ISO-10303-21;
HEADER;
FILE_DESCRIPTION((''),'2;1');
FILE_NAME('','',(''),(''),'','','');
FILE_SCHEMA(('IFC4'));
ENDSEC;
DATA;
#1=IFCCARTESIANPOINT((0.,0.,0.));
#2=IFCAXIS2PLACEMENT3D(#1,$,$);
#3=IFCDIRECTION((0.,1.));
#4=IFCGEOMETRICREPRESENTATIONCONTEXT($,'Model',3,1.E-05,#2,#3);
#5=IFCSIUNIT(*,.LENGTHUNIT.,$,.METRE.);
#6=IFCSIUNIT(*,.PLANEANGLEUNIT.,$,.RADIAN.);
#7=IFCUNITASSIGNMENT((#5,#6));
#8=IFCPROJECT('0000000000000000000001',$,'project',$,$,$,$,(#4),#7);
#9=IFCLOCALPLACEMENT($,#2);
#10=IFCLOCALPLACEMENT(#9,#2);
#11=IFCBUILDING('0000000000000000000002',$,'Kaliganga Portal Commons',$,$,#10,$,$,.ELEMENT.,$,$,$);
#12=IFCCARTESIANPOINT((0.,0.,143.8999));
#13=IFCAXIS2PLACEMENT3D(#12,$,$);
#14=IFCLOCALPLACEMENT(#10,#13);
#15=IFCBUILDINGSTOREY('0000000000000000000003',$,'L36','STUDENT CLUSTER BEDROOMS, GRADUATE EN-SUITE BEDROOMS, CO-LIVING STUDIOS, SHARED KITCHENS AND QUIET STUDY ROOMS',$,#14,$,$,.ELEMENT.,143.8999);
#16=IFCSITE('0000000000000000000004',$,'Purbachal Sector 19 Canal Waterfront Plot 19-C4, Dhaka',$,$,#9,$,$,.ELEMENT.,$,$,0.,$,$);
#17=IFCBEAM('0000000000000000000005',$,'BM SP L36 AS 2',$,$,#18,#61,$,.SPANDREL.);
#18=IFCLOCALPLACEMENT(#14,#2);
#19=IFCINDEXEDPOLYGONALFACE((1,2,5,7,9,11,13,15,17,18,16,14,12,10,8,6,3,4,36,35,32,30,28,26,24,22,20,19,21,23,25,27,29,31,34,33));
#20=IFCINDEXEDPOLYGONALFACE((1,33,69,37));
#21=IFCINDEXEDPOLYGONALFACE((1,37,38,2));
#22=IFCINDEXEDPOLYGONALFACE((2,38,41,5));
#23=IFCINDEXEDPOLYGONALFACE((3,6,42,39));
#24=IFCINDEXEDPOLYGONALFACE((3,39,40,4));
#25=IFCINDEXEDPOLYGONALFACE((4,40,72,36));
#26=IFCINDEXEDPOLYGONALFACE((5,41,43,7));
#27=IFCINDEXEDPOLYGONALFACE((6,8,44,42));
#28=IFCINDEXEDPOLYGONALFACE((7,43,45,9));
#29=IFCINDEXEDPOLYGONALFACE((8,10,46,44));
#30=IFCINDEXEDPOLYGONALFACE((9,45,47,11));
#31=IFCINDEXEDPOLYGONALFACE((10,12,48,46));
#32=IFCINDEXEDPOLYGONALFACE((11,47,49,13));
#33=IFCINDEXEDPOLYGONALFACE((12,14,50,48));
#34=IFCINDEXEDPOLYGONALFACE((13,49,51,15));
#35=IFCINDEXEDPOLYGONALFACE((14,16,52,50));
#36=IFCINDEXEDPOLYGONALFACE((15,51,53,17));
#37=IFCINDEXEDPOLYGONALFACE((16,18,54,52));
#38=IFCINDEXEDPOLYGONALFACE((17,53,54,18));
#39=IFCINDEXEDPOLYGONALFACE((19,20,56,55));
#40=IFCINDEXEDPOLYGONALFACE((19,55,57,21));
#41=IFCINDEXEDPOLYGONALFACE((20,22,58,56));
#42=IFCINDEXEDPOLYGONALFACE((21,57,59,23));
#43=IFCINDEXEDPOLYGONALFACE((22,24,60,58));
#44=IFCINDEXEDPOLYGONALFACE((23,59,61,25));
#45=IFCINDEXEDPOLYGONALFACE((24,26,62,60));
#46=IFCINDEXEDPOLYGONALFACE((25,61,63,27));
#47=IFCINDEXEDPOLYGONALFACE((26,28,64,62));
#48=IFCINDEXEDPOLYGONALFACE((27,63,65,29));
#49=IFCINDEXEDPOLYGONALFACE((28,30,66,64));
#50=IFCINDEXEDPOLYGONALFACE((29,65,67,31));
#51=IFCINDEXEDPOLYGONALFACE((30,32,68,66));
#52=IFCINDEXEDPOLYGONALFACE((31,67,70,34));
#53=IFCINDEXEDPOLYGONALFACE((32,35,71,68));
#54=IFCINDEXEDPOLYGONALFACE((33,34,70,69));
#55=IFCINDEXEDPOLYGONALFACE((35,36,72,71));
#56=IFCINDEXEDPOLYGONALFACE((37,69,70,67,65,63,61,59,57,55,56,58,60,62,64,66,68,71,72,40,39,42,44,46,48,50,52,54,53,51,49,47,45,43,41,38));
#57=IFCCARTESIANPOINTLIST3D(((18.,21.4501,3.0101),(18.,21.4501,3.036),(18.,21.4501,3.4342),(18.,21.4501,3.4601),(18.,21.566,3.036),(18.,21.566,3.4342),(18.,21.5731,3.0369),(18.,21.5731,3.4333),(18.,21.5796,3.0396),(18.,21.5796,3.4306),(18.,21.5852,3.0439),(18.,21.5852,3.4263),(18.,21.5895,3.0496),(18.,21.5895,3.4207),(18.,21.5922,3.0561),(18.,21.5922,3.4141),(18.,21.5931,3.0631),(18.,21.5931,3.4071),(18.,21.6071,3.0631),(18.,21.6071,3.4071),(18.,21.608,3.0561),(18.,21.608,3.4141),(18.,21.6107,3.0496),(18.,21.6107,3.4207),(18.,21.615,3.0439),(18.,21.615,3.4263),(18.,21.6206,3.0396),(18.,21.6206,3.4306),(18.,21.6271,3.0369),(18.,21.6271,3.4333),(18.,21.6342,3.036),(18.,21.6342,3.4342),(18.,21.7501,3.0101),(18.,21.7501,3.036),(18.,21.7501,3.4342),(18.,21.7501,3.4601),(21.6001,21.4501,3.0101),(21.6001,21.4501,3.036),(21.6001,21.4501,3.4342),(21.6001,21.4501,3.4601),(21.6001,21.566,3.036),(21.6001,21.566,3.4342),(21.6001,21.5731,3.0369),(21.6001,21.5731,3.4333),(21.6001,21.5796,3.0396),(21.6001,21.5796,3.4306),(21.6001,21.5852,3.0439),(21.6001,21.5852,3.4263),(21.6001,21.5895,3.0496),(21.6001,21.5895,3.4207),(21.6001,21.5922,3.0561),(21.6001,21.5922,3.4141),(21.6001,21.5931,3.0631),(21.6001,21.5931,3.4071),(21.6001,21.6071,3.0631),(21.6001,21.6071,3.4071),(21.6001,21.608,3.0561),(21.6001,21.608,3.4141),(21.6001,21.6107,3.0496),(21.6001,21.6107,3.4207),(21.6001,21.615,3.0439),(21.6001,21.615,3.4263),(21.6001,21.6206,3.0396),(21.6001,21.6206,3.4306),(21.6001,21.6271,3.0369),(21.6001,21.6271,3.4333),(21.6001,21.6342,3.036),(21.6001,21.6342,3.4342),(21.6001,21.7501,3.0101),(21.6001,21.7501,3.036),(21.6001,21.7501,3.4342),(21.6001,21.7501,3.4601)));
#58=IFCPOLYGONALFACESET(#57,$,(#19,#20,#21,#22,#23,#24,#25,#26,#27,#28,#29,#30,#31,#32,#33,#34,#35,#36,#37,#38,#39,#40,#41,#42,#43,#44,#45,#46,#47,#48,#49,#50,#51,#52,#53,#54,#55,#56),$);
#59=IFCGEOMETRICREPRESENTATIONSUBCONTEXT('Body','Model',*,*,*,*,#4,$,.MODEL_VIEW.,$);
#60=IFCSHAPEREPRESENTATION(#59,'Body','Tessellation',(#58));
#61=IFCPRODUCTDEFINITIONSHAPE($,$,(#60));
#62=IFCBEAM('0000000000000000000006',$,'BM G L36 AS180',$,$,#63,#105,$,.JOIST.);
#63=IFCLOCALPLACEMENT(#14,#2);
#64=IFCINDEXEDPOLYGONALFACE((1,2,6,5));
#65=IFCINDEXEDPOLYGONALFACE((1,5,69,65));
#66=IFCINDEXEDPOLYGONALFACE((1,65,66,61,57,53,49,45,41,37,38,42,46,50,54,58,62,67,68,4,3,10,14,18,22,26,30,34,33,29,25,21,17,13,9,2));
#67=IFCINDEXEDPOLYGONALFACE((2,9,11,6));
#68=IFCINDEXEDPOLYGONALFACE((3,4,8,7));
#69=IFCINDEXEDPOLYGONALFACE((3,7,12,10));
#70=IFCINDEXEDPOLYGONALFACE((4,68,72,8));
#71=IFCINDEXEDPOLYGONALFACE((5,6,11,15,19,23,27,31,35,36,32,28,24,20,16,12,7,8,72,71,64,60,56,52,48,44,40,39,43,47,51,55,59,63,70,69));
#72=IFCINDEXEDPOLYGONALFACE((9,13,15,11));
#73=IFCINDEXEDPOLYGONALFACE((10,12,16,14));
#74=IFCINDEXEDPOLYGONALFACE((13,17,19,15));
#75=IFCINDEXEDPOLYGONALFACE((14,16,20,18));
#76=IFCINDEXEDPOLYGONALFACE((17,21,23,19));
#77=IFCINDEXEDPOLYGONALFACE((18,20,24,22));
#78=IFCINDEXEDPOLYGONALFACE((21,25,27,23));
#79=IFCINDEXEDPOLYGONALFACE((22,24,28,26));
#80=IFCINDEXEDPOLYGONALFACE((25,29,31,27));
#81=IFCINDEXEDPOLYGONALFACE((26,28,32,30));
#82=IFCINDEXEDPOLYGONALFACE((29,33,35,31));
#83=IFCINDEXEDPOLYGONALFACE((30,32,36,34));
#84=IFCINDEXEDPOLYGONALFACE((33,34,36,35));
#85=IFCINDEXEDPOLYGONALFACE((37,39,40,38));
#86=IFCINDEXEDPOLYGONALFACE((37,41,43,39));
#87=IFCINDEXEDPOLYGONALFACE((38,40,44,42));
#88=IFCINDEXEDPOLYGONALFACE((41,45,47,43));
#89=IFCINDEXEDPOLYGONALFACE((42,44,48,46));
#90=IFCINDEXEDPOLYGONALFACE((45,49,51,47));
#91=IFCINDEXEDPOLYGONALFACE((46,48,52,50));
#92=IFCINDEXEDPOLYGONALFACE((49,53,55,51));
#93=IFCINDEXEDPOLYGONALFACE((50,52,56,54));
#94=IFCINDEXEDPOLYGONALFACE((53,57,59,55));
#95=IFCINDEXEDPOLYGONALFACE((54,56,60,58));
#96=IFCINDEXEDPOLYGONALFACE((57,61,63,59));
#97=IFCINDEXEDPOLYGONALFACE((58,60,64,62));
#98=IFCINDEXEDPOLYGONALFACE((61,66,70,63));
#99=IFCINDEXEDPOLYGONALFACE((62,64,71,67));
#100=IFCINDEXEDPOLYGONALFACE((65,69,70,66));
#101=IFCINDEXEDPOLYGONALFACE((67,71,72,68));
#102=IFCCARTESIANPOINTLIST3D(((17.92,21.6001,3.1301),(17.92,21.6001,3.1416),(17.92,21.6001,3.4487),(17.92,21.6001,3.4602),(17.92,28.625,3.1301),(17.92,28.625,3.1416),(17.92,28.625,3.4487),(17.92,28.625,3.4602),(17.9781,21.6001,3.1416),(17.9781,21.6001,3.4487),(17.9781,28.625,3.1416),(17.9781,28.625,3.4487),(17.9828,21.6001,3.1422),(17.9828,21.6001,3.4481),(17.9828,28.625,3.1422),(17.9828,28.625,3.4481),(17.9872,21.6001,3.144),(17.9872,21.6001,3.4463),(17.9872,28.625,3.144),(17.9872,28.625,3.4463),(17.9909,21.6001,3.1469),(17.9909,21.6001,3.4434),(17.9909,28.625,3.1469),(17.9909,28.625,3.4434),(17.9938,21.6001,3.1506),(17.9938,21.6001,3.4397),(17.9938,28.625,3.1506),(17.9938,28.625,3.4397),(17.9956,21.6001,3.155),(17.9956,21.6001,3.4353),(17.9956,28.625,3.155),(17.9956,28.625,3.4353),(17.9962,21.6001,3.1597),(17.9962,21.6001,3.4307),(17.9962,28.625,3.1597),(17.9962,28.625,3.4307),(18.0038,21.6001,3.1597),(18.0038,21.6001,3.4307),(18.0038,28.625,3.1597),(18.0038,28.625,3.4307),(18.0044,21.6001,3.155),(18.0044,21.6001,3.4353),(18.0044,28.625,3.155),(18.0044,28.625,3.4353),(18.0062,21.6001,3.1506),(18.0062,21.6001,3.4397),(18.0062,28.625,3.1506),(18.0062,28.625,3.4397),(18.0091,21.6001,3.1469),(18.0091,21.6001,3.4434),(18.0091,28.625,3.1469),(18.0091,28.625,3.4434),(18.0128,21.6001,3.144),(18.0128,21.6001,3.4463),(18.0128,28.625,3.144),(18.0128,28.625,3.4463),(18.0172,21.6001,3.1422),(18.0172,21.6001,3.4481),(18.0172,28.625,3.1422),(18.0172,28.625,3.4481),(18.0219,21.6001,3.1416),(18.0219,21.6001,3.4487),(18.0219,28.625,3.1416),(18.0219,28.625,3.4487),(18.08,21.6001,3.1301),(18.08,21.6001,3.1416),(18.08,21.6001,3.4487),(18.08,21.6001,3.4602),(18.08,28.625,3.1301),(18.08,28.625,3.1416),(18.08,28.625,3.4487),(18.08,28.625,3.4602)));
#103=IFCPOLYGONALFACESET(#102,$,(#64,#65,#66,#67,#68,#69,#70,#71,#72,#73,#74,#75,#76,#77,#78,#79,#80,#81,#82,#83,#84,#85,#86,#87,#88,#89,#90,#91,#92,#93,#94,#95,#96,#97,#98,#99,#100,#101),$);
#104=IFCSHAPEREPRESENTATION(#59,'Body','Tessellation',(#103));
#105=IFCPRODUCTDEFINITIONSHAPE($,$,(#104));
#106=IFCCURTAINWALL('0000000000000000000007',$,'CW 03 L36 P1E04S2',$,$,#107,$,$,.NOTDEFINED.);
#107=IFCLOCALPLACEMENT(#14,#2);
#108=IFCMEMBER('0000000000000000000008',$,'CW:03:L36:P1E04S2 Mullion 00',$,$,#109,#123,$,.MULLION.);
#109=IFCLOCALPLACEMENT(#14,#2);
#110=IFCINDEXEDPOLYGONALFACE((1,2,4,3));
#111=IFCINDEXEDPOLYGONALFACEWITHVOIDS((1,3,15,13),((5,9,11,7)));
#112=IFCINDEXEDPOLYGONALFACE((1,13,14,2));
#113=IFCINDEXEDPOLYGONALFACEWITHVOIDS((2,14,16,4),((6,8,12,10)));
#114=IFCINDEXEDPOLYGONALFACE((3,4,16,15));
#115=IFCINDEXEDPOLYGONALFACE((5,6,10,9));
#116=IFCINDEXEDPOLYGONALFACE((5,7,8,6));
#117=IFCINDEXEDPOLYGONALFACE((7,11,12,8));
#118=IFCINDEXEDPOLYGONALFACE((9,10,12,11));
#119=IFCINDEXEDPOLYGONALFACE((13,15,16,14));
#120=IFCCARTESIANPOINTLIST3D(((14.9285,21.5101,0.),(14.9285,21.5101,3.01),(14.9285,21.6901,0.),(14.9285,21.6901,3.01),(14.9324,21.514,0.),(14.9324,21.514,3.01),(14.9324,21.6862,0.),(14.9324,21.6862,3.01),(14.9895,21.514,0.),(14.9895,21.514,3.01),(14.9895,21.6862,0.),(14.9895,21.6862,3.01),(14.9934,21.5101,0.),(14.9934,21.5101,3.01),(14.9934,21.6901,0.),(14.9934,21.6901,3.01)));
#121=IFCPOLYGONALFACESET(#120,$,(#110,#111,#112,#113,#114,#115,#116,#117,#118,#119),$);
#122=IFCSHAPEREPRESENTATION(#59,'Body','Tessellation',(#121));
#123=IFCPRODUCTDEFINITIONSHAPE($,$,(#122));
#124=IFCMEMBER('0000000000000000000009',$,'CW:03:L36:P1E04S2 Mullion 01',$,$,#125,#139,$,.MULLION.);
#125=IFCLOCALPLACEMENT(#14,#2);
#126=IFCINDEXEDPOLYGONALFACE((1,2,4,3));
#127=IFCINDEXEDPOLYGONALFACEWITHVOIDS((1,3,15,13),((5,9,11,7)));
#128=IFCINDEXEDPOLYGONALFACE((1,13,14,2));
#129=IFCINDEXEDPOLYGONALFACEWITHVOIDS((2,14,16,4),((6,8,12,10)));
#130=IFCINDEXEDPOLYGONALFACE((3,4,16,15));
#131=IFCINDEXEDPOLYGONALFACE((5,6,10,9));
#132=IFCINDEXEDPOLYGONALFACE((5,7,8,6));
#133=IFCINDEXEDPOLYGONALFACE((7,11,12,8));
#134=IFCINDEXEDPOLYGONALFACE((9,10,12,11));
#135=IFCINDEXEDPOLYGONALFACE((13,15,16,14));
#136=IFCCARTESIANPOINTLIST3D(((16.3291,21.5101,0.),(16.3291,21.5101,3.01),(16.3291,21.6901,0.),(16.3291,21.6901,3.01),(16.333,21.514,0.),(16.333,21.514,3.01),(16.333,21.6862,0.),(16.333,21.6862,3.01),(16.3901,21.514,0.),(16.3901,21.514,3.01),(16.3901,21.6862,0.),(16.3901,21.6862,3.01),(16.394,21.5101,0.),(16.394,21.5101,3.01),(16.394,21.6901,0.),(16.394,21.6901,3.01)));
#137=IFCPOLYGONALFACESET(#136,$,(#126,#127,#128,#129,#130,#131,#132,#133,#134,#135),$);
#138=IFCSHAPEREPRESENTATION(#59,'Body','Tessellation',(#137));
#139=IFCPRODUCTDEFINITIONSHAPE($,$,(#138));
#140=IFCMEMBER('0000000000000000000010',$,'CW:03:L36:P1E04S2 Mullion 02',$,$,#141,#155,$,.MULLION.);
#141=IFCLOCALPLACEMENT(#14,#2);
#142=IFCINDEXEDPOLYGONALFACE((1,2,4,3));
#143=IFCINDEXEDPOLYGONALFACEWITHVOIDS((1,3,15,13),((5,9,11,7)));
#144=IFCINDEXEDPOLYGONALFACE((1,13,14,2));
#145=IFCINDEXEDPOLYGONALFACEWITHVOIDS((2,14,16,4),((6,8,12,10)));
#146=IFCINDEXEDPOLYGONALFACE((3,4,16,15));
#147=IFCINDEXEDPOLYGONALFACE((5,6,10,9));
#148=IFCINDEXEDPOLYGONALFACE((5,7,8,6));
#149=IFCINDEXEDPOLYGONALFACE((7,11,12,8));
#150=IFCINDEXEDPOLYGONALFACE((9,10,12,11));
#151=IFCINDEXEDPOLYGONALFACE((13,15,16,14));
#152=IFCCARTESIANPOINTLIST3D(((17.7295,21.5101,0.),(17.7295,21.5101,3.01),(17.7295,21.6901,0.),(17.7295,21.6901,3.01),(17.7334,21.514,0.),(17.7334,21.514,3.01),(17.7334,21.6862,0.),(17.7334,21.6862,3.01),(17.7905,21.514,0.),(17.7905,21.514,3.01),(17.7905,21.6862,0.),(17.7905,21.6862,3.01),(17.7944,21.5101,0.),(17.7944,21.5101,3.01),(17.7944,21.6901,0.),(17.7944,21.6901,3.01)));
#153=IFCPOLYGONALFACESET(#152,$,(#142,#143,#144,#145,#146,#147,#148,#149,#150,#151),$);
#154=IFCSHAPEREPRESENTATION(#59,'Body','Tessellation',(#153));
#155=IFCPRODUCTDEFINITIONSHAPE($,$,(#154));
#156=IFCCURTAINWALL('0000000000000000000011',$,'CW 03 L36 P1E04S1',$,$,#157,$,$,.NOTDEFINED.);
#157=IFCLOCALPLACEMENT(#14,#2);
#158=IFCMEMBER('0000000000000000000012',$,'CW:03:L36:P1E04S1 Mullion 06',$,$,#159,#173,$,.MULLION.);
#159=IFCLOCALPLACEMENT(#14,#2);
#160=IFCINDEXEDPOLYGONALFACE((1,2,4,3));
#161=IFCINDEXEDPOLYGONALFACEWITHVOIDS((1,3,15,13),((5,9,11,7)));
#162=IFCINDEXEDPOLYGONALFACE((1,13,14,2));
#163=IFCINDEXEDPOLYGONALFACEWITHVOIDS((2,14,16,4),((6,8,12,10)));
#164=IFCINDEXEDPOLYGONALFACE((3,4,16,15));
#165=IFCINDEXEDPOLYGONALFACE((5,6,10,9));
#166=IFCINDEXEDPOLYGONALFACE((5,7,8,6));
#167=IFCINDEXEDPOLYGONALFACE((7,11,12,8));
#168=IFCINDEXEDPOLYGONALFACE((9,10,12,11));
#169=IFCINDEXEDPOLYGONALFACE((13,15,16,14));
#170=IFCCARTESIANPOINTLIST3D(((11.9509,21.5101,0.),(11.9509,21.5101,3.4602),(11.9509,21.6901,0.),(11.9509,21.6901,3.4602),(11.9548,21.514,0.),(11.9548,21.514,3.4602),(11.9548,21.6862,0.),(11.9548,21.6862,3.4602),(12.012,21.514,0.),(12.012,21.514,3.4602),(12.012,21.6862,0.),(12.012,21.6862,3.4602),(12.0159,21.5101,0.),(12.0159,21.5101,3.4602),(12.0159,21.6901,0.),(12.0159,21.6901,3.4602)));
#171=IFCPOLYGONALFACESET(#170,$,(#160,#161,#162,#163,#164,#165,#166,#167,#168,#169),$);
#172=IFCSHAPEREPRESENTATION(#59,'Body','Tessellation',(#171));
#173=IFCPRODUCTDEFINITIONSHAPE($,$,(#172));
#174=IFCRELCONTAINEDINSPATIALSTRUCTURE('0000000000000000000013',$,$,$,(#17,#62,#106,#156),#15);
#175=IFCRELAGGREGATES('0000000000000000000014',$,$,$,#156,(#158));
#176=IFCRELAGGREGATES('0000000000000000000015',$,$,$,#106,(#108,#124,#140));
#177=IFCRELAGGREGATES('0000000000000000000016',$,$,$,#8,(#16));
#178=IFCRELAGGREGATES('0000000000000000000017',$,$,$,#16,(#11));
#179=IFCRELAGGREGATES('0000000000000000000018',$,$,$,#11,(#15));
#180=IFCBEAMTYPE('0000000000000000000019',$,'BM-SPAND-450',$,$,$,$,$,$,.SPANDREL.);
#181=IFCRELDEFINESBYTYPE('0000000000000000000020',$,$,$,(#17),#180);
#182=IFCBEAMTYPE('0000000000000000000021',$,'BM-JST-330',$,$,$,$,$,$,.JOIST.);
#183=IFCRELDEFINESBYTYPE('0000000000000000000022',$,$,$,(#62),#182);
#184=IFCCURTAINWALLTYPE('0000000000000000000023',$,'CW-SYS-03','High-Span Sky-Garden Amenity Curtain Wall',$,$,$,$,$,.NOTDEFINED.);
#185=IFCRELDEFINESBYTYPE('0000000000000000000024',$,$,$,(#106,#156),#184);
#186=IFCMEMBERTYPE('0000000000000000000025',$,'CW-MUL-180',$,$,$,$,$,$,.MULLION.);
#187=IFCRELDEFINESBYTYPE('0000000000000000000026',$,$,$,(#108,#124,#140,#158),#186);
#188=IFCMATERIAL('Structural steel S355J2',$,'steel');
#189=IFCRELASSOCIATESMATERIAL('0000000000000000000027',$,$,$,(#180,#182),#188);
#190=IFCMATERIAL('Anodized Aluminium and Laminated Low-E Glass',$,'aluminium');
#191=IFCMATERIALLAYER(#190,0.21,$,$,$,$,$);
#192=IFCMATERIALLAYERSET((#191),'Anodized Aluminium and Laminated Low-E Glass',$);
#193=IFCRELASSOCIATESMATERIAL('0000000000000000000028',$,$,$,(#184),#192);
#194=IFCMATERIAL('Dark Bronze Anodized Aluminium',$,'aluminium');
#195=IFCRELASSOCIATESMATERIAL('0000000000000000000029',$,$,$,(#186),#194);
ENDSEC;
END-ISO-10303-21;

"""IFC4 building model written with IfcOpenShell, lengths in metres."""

from ifc_helpers import new_model, si_unit, direction, frame, origin, origin_2d, place, context, subcontext, project, spatial, hollow_rectangle, i_section, extrude, source, transform, mapped, material, layer, layer_set, material_profile, profile_set, type_object, element, aggregate, save


model = new_model("IFC4")

# Units and contexts
model_context = context("Model", 3, precision=1e-05, world=origin(), true_north=direction((0.0, 1.0)))
body_context = subcontext(model_context, "Body", "Model", "MODEL_VIEW")
ifc_project = project(units=[si_unit("LENGTHUNIT", "METRE"), si_unit("PLANEANGLEUNIT", "RADIAN")], contexts=[model_context])

# Site, building, storey
site_placement = place(None, origin())
site = spatial("IfcSite", under=ifc_project, at=site_placement, Name="Purbachal Sector 19 Canal Waterfront Plot 19-C4, Dhaka", CompositionType="ELEMENT", RefElevation=0.0)
building_placement = place(site_placement, origin())
building = spatial("IfcBuilding", under=site, at=building_placement, Name="Kaliganga Portal Commons", CompositionType="ELEMENT")
storey_placement = place(building_placement, frame((0.0, 0.0, 143.8999)))
storey = spatial("IfcBuildingStorey", under=building, at=storey_placement, Name="L36", Description="STUDENT CLUSTER BEDROOMS, GRADUATE EN-SUITE BEDROOMS, CO-LIVING STUDIOS, SHARED KITCHENS AND QUIET STUDY ROOMS", CompositionType="ELEMENT", Elevation=143.8999)

# Beams
ifc_material_1 = material(Name="Structural steel S355J2", Category="steel")
ifc_material_profile_1 = material_profile(ifc_material_1, i_section(OverallWidth=0.3, OverallDepth=0.45, WebThickness=0.0139, FlangeThickness=0.0259, FilletRadius=0.0271, at=origin_2d()), Name="HE 450 B")
ifc_profile_set_1 = profile_set([ifc_material_profile_1], Name="Structural steel S355J2 wide-flange")
beam_type_1 = type_object("IfcBeamType", Name="BM-SPAND-450", PredefinedType="SPANDREL", material=ifc_profile_set_1)
shared_shape_1 = source(origin(), body_context, "Body", "SweptSolid", [
    extrude(i_section(OverallWidth=0.3, OverallDepth=0.45, WebThickness=0.0139, FlangeThickness=0.0259, FilletRadius=0.0271, at=origin_2d()), origin(), (0.0, 0.0, 1.0), 3.6001),
])
for number, where, z_axis, x_axis, name in (
    (1, (18.0, 21.6001, 3.2351), (1.0, 0.0, 0.0), (0.0, 1.0, 0.0), "BM SP L36 AS 2"),
):
    element("IfcBeam", number, at=place(storey_placement, frame(where, z_axis=z_axis, x_axis=x_axis)), inside=storey, type_object=beam_type_1, Name=name, PredefinedType="SPANDREL", context=body_context, shape_type="MappedRepresentation", body=[
        mapped(shared_shape_1, transform((0.0, 0.0, 0.0), x_axis=(1.0, 0.0, 0.0), y_axis=(0.0, 1.0, 0.0), z_axis=(0.0, 0.0, 1.0), scale=1.0)),
    ])
ifc_material_profile_2 = material_profile(ifc_material_1, i_section(OverallWidth=0.1599, OverallDepth=0.3301, WebThickness=0.0076, FlangeThickness=0.0115, FilletRadius=0.0181, at=origin_2d()), Name="IPE 330")
ifc_profile_set_2 = profile_set([ifc_material_profile_2], Name="Structural steel S355J2 wide-flange")
beam_type_2 = type_object("IfcBeamType", Name="BM-JST-330", PredefinedType="JOIST", material=ifc_profile_set_2)
shared_shape_2 = source(origin(), body_context, "Body", "SweptSolid", [
    extrude(i_section(OverallWidth=0.1599, OverallDepth=0.3301, WebThickness=0.0076, FlangeThickness=0.0115, FilletRadius=0.0181, at=origin_2d()), origin(), (0.0, 0.0, 1.0), 7.0249),
])
beam_1_placement = place(storey_placement, frame((18.0, 21.6001, 3.2952), z_axis=(0.0, 1.0, 0.0), x_axis=(-1.0, 0.0, 0.0)))
element("IfcBeam", 2, at=beam_1_placement, inside=storey, type_object=beam_type_2, Name="BM G L36 AS180", PredefinedType="JOIST", context=body_context, shape_type="MappedRepresentation", body=[
    mapped(shared_shape_2, transform((0.0, 0.0, 0.0), x_axis=(1.0, 0.0, 0.0), y_axis=(0.0, 1.0, 0.0), z_axis=(0.0, 0.0, 1.0), scale=1.0)),
])

# Curtain walls, members
ifc_material_2 = material(Name="Anodized Aluminium and Laminated Low-E Glass", Category="aluminium")
ifc_layer_1 = layer(ifc_material_2, 0.21)
ifc_layer_set_1 = layer_set([ifc_layer_1], Name="Anodized Aluminium and Laminated Low-E Glass")
curtain_wall_type = type_object("IfcCurtainWallType", Name="CW-SYS-03", Description="High-Span Sky-Garden Amenity Curtain Wall", PredefinedType="NOTDEFINED", material=ifc_layer_set_1)
curtain_wall_1_placement = place(storey_placement, origin())
curtain_wall_1 = element("IfcCurtainWall", 3, at=curtain_wall_1_placement, inside=storey, type_object=curtain_wall_type, Name="CW 03 L36 P1E04S2", PredefinedType="NOTDEFINED")
ifc_material_3 = material(Name="Dark Bronze Anodized Aluminium", Category="aluminium")
ifc_material_profile_3 = material_profile(ifc_material_3, hollow_rectangle(XDim=0.0649, YDim=0.1799, WallThickness=0.0039, at=origin_2d()), Name="ALU MULL 65x180x4")
ifc_profile_set_3 = profile_set([ifc_material_profile_3], Name="Dark Bronze Anodized Aluminium")
member_type_1 = type_object("IfcMemberType", Name="CW-MUL-180", PredefinedType="MULLION", material=ifc_profile_set_3)
shared_shape_3 = source(origin(), body_context, "Body", "SweptSolid", [
    extrude(hollow_rectangle(XDim=0.0649, YDim=0.1799, WallThickness=0.0039, at=origin_2d()), origin(), (0.0, 0.0, 1.0), 3.01),
])
member_1_placement = place(storey_placement, frame((14.9609, 21.6001, 0.0), z_axis=(0.0, 0.0, 1.0), x_axis=(1.0, 0.0, 0.0)))
member_1 = element("IfcMember", 4, at=member_1_placement, type_object=member_type_1, Name="CW:03:L36:P1E04S2 Mullion 00", PredefinedType="MULLION", context=body_context, shape_type="MappedRepresentation", body=[
    mapped(shared_shape_3, transform((0.0, 0.0, 0.0), x_axis=(1.0, 0.0, 0.0), y_axis=(0.0, 1.0, 0.0), z_axis=(0.0, 0.0, 1.0), scale=1.0)),
])
member_2_placement = place(storey_placement, frame((16.3616, 21.6001, 0.0), z_axis=(0.0, 0.0, 1.0), x_axis=(1.0, 0.0, 0.0)))
member_2 = element("IfcMember", 5, at=member_2_placement, type_object=member_type_1, Name="CW:03:L36:P1E04S2 Mullion 01", PredefinedType="MULLION", context=body_context, shape_type="MappedRepresentation", body=[
    mapped(shared_shape_3, transform((0.0, 0.0, 0.0), x_axis=(1.0, 0.0, 0.0), y_axis=(0.0, 1.0, 0.0), z_axis=(0.0, 0.0, 1.0), scale=1.0)),
])
member_3_placement = place(storey_placement, frame((17.762, 21.6001, 0.0), z_axis=(0.0, 0.0, 1.0), x_axis=(1.0, 0.0, 0.0)))
member_3 = element("IfcMember", 6, at=member_3_placement, type_object=member_type_1, Name="CW:03:L36:P1E04S2 Mullion 02", PredefinedType="MULLION", context=body_context, shape_type="MappedRepresentation", body=[
    mapped(shared_shape_3, transform((0.0, 0.0, 0.0), x_axis=(1.0, 0.0, 0.0), y_axis=(0.0, 1.0, 0.0), z_axis=(0.0, 0.0, 1.0), scale=1.0)),
])
curtain_wall_2_placement = place(storey_placement, origin())
curtain_wall_2 = element("IfcCurtainWall", 7, at=curtain_wall_2_placement, inside=storey, type_object=curtain_wall_type, Name="CW 03 L36 P1E04S1", PredefinedType="NOTDEFINED")
shared_shape_4 = source(origin(), body_context, "Body", "SweptSolid", [
    extrude(hollow_rectangle(XDim=0.0649, YDim=0.1799, WallThickness=0.0039, at=origin_2d()), origin(), (0.0, 0.0, 1.0), 3.4602),
])
member_4_placement = place(storey_placement, frame((11.9834, 21.6001, 0.0), z_axis=(0.0, 0.0, 1.0), x_axis=(1.0, 0.0, 0.0)))
member_4 = element("IfcMember", 8, at=member_4_placement, type_object=member_type_1, Name="CW:03:L36:P1E04S1 Mullion 06", PredefinedType="MULLION", context=body_context, shape_type="MappedRepresentation", body=[
    mapped(shared_shape_4, transform((0.0, 0.0, 0.0), x_axis=(1.0, 0.0, 0.0), y_axis=(0.0, 1.0, 0.0), z_axis=(0.0, 0.0, 1.0), scale=1.0)),
])

aggregate(curtain_wall_2, [member_4])
aggregate(curtain_wall_1, [member_1, member_2, member_3])

save(model, "model.ifc")
